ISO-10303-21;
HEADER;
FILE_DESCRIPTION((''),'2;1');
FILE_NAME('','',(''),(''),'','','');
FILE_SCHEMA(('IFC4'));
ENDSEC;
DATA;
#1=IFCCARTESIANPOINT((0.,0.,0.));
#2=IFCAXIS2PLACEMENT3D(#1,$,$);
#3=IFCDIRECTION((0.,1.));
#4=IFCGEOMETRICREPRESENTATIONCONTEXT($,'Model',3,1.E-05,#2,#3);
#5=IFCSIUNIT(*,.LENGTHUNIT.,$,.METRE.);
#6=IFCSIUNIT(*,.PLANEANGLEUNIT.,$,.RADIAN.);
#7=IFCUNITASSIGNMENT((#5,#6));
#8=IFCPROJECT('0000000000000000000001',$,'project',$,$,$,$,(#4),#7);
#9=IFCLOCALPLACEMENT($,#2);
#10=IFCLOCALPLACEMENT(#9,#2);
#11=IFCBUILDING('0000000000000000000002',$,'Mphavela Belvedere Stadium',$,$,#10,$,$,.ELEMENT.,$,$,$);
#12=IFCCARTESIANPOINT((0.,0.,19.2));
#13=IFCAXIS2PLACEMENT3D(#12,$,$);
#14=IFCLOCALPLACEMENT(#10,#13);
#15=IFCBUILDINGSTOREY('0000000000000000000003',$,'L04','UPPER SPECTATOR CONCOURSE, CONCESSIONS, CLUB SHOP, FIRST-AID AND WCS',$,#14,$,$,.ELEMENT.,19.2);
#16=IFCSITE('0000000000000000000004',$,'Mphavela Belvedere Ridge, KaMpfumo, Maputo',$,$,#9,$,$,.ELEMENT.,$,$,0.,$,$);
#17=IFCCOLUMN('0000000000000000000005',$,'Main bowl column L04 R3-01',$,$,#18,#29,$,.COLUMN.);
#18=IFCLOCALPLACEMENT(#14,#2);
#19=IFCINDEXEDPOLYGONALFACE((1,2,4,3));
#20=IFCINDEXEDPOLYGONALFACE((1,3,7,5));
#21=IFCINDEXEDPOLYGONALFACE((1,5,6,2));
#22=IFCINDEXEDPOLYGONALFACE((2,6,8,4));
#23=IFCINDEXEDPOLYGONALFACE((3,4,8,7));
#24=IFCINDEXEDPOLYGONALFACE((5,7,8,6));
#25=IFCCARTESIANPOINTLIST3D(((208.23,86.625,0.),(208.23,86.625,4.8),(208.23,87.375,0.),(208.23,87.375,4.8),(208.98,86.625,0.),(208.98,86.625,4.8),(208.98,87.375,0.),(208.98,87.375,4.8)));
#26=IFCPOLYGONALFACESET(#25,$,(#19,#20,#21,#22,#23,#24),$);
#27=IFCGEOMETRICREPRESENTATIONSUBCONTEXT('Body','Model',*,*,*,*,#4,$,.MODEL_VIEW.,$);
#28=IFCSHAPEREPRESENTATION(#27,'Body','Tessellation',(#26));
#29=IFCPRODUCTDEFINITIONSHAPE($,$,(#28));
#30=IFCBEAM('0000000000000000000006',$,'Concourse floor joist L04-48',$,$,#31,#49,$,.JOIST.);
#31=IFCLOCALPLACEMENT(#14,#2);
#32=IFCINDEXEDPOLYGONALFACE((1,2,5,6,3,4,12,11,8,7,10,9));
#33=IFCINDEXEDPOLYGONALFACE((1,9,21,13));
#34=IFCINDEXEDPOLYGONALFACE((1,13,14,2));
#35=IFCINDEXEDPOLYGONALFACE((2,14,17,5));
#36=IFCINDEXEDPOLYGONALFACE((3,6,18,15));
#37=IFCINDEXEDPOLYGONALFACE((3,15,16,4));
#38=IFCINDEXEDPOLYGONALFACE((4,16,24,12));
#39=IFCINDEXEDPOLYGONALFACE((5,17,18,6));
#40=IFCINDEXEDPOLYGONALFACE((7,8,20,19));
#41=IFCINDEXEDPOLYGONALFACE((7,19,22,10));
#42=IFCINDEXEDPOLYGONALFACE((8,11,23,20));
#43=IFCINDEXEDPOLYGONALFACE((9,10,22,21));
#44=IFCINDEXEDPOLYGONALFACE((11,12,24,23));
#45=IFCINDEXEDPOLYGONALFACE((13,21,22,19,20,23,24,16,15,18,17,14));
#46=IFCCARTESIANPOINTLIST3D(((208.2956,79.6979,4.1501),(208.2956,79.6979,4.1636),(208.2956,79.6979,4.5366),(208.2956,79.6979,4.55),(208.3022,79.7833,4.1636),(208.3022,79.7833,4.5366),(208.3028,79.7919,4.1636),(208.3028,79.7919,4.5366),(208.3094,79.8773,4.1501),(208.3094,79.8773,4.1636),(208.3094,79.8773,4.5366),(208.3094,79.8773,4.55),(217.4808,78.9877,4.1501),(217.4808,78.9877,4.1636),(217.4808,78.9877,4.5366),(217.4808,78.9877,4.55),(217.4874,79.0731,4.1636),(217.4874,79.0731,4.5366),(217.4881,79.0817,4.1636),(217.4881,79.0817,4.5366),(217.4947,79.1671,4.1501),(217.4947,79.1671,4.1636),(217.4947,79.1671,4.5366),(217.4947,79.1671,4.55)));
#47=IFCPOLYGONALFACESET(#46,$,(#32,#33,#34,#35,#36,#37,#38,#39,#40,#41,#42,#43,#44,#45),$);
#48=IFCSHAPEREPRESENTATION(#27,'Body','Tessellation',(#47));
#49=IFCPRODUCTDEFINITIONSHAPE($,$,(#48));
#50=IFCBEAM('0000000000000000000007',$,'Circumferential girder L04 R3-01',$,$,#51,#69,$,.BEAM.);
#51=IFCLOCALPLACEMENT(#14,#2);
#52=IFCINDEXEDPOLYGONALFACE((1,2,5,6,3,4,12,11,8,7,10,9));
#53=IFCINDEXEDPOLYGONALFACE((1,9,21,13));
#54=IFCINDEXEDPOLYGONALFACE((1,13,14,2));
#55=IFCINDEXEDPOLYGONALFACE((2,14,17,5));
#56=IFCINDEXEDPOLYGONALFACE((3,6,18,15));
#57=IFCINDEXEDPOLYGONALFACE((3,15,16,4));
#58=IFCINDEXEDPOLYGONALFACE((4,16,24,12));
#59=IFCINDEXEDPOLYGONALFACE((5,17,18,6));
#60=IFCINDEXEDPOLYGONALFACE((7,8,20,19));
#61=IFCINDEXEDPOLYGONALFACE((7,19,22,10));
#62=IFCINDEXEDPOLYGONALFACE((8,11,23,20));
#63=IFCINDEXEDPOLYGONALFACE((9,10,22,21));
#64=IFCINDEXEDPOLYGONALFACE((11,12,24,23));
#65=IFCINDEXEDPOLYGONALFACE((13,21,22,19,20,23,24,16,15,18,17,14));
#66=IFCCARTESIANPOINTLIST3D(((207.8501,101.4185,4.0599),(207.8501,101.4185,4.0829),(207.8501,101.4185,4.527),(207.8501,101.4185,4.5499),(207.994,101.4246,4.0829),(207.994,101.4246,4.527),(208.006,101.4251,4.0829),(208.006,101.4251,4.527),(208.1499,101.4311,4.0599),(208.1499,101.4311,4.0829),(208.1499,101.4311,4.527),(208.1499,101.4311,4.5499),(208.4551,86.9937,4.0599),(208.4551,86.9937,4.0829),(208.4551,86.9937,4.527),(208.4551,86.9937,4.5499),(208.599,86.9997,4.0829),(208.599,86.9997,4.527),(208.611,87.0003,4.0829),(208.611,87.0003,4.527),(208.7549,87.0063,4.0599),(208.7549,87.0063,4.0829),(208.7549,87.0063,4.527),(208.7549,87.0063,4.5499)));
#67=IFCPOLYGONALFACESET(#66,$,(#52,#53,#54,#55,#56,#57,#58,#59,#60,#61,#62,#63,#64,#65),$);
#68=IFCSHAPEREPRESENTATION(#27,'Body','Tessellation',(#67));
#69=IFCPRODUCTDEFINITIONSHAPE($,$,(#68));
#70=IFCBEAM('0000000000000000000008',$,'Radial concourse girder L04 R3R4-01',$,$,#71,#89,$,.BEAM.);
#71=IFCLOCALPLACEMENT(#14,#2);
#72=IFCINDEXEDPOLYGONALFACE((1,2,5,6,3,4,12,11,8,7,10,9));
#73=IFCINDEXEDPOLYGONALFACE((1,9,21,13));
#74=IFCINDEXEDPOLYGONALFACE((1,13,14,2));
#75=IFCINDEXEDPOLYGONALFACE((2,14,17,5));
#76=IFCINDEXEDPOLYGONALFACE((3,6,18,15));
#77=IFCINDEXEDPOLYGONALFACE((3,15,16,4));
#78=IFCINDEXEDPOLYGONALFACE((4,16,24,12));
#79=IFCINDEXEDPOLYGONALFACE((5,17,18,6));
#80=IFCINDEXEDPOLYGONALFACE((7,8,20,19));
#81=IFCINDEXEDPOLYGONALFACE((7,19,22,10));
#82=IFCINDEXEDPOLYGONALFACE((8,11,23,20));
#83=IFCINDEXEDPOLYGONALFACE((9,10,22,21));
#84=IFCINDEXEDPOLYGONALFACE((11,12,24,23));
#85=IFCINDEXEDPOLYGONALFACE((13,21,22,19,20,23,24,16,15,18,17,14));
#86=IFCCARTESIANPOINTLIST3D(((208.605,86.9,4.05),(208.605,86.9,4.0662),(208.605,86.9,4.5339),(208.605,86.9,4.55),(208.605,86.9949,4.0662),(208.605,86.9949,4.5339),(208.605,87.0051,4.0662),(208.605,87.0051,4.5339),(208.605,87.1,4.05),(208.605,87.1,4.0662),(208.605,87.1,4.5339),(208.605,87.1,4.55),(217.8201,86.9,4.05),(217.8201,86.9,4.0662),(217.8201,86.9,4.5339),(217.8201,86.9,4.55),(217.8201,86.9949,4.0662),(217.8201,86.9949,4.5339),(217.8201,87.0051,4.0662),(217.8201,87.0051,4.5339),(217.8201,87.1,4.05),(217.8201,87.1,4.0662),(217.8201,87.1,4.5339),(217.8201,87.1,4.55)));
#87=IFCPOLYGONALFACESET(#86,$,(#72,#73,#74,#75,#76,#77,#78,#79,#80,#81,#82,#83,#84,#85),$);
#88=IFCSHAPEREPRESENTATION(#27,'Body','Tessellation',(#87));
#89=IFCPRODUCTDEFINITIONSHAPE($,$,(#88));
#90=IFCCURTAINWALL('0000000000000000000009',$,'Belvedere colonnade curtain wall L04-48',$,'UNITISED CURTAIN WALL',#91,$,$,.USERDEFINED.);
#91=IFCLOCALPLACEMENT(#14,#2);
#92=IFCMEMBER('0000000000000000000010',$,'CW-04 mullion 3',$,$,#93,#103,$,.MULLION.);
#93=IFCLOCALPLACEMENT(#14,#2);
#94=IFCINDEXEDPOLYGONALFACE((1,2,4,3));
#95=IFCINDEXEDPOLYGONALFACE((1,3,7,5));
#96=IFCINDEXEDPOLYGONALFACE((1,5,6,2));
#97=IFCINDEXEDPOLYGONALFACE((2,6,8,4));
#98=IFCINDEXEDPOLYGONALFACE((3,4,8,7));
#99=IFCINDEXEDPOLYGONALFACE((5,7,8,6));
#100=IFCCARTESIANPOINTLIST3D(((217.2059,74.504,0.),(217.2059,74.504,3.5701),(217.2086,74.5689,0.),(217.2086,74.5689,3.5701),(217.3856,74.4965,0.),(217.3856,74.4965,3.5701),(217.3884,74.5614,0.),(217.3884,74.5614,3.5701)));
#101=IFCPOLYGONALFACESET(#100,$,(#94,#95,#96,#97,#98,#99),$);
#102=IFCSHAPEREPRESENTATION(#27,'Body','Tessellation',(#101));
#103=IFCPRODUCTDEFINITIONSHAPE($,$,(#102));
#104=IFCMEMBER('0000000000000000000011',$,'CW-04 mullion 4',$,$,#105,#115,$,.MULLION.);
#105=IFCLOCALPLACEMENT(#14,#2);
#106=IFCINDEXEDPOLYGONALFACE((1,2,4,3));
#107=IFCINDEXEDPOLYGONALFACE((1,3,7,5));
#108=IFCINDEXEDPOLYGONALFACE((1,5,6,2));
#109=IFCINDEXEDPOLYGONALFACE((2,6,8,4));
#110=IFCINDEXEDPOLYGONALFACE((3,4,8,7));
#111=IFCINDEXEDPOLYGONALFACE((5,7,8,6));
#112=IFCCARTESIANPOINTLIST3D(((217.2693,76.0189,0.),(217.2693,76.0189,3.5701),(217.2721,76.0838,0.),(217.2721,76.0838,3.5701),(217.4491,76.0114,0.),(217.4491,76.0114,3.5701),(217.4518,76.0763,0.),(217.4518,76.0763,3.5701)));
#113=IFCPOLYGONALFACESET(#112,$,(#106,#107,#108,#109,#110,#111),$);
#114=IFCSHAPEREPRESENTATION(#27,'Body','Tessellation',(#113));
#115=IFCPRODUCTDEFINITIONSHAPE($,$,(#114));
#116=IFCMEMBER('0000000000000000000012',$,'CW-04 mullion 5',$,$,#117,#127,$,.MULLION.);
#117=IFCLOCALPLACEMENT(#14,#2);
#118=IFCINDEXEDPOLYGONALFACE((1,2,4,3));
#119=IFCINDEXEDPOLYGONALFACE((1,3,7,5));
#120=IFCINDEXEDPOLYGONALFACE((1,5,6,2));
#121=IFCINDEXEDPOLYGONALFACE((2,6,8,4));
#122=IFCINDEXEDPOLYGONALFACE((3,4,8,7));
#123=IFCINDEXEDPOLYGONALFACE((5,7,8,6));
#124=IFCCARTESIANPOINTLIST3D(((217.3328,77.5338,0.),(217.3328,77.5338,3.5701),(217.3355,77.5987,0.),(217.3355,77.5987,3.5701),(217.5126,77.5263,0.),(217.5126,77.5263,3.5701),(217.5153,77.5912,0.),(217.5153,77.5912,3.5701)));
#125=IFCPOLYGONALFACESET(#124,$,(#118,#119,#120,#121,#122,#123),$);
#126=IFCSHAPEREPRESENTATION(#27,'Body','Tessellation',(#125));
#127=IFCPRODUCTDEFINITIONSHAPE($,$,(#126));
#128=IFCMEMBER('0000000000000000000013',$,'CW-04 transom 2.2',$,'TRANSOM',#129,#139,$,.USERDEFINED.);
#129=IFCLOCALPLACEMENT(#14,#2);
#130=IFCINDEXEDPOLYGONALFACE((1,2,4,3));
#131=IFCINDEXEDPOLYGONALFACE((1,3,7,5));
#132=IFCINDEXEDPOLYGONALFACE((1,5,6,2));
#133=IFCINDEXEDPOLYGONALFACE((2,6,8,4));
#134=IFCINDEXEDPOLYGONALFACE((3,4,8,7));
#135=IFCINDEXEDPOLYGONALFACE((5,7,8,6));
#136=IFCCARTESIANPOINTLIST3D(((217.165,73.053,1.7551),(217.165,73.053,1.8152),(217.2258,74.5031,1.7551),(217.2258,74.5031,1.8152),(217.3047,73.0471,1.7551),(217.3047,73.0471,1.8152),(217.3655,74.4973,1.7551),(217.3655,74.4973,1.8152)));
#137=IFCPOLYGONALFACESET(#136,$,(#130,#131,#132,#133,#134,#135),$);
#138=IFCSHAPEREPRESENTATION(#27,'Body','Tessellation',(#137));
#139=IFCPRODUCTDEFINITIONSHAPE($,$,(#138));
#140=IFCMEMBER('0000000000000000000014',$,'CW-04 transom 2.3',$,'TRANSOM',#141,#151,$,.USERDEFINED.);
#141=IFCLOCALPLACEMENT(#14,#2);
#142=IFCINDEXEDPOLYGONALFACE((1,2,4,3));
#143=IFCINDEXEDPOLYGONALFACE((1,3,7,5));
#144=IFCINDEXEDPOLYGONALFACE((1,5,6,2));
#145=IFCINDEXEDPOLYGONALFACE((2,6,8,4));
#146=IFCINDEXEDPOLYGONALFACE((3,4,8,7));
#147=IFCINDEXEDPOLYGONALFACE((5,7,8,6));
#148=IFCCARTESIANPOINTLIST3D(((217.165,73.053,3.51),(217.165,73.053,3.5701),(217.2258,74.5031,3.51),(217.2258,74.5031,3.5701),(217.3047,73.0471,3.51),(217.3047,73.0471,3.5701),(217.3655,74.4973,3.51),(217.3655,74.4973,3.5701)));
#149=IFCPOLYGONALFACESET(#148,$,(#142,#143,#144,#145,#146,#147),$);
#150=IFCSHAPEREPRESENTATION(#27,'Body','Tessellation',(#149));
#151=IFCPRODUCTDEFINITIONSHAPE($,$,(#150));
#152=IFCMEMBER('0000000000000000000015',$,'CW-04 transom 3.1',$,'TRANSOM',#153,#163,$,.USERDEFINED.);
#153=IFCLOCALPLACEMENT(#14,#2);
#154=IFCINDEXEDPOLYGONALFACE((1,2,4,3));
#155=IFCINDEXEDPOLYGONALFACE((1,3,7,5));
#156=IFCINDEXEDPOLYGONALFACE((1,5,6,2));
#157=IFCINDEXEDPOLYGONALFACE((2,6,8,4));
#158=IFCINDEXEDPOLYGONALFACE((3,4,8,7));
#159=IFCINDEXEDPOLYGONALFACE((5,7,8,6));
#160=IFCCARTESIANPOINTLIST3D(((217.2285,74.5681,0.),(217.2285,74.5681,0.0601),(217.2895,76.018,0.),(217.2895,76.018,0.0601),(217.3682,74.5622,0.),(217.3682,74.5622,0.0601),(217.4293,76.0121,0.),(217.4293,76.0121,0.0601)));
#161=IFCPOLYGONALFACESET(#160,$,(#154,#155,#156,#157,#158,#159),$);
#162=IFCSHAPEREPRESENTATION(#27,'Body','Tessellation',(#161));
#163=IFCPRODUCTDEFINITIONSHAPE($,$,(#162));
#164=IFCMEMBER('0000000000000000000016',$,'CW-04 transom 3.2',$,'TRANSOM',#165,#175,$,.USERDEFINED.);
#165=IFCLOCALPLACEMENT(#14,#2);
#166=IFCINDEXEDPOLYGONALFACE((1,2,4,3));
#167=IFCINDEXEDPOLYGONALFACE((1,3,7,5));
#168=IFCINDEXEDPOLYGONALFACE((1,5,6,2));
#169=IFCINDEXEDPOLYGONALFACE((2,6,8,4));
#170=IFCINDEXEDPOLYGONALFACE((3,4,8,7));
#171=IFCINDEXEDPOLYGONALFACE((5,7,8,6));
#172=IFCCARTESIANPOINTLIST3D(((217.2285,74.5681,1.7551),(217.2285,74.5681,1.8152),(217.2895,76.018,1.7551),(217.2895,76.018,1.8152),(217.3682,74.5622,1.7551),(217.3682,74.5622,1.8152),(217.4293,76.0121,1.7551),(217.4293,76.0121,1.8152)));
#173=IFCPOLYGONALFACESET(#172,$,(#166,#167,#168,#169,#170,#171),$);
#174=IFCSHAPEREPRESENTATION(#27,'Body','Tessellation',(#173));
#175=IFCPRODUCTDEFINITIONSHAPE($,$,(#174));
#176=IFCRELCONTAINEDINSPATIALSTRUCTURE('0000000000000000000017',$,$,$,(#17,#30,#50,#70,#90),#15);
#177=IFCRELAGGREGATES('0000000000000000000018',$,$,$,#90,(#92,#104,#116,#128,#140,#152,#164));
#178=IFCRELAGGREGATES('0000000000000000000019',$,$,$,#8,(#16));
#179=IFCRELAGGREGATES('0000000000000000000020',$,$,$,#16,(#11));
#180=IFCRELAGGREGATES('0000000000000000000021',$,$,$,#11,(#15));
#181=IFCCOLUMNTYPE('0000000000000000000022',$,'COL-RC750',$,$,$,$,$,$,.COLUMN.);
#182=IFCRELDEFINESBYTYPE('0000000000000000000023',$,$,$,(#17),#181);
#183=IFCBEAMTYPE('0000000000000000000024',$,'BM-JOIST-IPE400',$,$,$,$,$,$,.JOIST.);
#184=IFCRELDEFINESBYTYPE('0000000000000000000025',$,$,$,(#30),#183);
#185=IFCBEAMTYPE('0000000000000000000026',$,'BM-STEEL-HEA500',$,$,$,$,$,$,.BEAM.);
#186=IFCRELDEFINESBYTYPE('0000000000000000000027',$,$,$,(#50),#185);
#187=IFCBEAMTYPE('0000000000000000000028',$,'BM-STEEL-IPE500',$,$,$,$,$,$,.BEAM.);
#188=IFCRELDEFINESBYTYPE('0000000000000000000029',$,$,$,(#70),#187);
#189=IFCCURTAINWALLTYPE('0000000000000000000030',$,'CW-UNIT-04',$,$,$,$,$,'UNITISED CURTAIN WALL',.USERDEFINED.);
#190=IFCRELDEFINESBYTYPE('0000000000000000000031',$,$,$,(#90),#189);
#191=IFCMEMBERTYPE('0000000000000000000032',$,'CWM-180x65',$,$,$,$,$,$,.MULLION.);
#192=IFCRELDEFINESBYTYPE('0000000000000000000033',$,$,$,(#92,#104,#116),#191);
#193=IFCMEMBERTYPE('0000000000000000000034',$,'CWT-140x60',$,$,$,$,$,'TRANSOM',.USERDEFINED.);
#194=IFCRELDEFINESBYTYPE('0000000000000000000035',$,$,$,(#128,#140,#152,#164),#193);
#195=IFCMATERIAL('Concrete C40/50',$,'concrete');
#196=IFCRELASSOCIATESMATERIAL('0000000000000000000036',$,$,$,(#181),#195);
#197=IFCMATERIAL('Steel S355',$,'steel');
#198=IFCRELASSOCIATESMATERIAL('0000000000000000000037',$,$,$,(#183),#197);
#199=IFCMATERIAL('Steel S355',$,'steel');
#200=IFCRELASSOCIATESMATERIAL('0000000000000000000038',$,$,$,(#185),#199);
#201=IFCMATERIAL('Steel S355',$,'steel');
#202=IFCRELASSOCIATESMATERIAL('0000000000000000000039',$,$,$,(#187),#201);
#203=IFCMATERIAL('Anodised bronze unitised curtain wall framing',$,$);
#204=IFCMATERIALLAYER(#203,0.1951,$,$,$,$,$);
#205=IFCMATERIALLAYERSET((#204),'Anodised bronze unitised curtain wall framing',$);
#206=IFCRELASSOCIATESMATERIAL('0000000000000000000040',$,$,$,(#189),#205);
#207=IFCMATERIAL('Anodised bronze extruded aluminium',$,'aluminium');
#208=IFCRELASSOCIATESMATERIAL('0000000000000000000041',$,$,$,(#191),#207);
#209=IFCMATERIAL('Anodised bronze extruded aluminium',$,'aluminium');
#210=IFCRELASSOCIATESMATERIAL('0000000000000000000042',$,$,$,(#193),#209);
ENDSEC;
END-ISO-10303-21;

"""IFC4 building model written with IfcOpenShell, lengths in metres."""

from ifc_helpers import new_model, si_unit, direction, frame, origin, origin_2d, place, context, subcontext, project, spatial, rectangle, i_section, extrude, material, layer, layer_set, material_profile, profile_set, type_object, element, aggregate, save


model = new_model("IFC4")

# Units and contexts
model_context = context("Model", 3, precision=1e-05, world=origin(), true_north=direction((0.0, 1.0)))
body_context = subcontext(model_context, "Body", "Model", "MODEL_VIEW")
ifc_project = project(units=[si_unit("LENGTHUNIT", "METRE"), si_unit("PLANEANGLEUNIT", "RADIAN")], contexts=[model_context])

# Site, building, storey
site_placement = place(None, origin())
site = spatial("IfcSite", under=ifc_project, at=site_placement, Name="Mphavela Belvedere Ridge, KaMpfumo, Maputo", CompositionType="ELEMENT", RefElevation=0.0)
building_placement = place(site_placement, origin())
building = spatial("IfcBuilding", under=site, at=building_placement, Name="Mphavela Belvedere Stadium", CompositionType="ELEMENT")
storey_placement = place(building_placement, frame((0.0, 0.0, 19.2)))
storey = spatial("IfcBuildingStorey", under=building, at=storey_placement, Name="L04", Description="UPPER SPECTATOR CONCOURSE, CONCESSIONS, CLUB SHOP, FIRST-AID AND WCS", CompositionType="ELEMENT", Elevation=19.2)

# Column
ifc_material_1 = material(Name="Concrete C40/50", Category="concrete")
ifc_material_profile_1 = material_profile(ifc_material_1, rectangle(XDim=0.75, YDim=0.75, at=origin_2d()), Name="RC 750x750")
ifc_profile_set_1 = profile_set([ifc_material_profile_1], Name="Concrete C40/50")
column_type = type_object("IfcColumnType", Name="COL-RC750", PredefinedType="COLUMN", material=ifc_profile_set_1)
column_placement = place(storey_placement, frame((208.605, 87.0, 0.0), z_axis=(0.0, 0.0, 1.0), x_axis=(1.0, 0.0, 0.0)))
element("IfcColumn", 1, at=column_placement, inside=storey, type_object=column_type, Name="Main bowl column L04 R3-01", PredefinedType="COLUMN", context=body_context, shape_type="SweptSolid", body=[
    extrude(rectangle(XDim=0.75, YDim=0.75, at=origin_2d()), origin(), (0.0, 0.0, 1.0), 4.8),
])

# Beams
ifc_material_2 = material(Name="Steel S355", Category="steel")
ifc_material_profile_2 = material_profile(ifc_material_2, i_section(OverallWidth=0.1799, OverallDepth=0.3999, WebThickness=0.0085, FlangeThickness=0.0134, at=origin_2d()), Name="IPE 400")
ifc_profile_set_2 = profile_set([ifc_material_profile_2], Name="Steel S355")
beam_type_1 = type_object("IfcBeamType", Name="BM-JOIST-IPE400", PredefinedType="JOIST", material=ifc_profile_set_2)
beam_1_placement = place(storey_placement, frame((208.3025, 79.7876, 4.3501), z_axis=(0.997024, -0.07709, 0.0), x_axis=(0.07709, 0.997024, 0.0)))
element("IfcBeam", 2, at=beam_1_placement, inside=storey, type_object=beam_type_1, Name="Concourse floor joist L04-48", PredefinedType="JOIST", context=body_context, shape_type="SweptSolid", body=[
    extrude(i_section(OverallWidth=0.1799, OverallDepth=0.3999, WebThickness=0.0085, FlangeThickness=0.0134, at=origin_2d()), origin(), (0.0, 0.0, 1.0), 9.2126),
])
ifc_material_3 = material(Name="Steel S355", Category="steel")
ifc_material_profile_3 = material_profile(ifc_material_3, i_section(OverallWidth=0.3, OverallDepth=0.49, WebThickness=0.012, FlangeThickness=0.0229, at=origin_2d()), Name="HEA 500")
ifc_profile_set_3 = profile_set([ifc_material_profile_3], Name="Steel S355")
beam_type_2 = type_object("IfcBeamType", Name="BM-STEEL-HEA500", PredefinedType="BEAM", material=ifc_profile_set_3)
beam_2_placement = place(storey_placement, frame((208.605, 87.0, 4.3049), z_axis=(-0.041903, 0.999122, 0.0), x_axis=(-0.999122, -0.041903, 0.0)))
element("IfcBeam", 3, at=beam_2_placement, inside=storey, type_object=beam_type_2, Name="Circumferential girder L04 R3-01", PredefinedType="BEAM", context=body_context, shape_type="SweptSolid", body=[
    extrude(i_section(OverallWidth=0.3, OverallDepth=0.49, WebThickness=0.012, FlangeThickness=0.0229, at=origin_2d()), origin(), (0.0, 0.0, 1.0), 14.4375),
])
ifc_material_4 = material(Name="Steel S355", Category="steel")
ifc_material_profile_4 = material_profile(ifc_material_4, i_section(OverallWidth=0.2, OverallDepth=0.5, WebThickness=0.0103, FlangeThickness=0.0161, at=origin_2d()), Name="IPE 500")
ifc_profile_set_4 = profile_set([ifc_material_profile_4], Name="Steel S355")
beam_type_3 = type_object("IfcBeamType", Name="BM-STEEL-IPE500", PredefinedType="BEAM", material=ifc_profile_set_4)
beam_3_placement = place(storey_placement, frame((208.605, 87.0, 4.3), z_axis=(1.0, 0.0, 0.0), x_axis=(0.0, 1.0, 0.0)))
element("IfcBeam", 4, at=beam_3_placement, inside=storey, type_object=beam_type_3, Name="Radial concourse girder L04 R3R4-01", PredefinedType="BEAM", context=body_context, shape_type="SweptSolid", body=[
    extrude(i_section(OverallWidth=0.2, OverallDepth=0.5, WebThickness=0.0103, FlangeThickness=0.0161, at=origin_2d()), origin(), (0.0, 0.0, 1.0), 9.2151),
])

# Curtain wall, members
ifc_material_5 = material(Name="Anodised bronze unitised curtain wall framing")
ifc_layer_1 = layer(ifc_material_5, 0.1951)
ifc_layer_set_1 = layer_set([ifc_layer_1], Name="Anodised bronze unitised curtain wall framing")
curtain_wall_type = type_object("IfcCurtainWallType", Name="CW-UNIT-04", ElementType="UNITISED CURTAIN WALL", PredefinedType="USERDEFINED", material=ifc_layer_set_1)
curtain_wall_placement = place(storey_placement, origin())
curtain_wall = element("IfcCurtainWall", 5, at=curtain_wall_placement, inside=storey, type_object=curtain_wall_type, Name="Belvedere colonnade curtain wall L04-48", ObjectType="UNITISED CURTAIN WALL", PredefinedType="USERDEFINED")
ifc_material_6 = material(Name="Anodised bronze extruded aluminium", Category="aluminium")
ifc_material_profile_5 = material_profile(ifc_material_6, rectangle(XDim=0.1799, YDim=0.0649, at=origin_2d()), Name="CW-MUL 180x65")
ifc_profile_set_5 = profile_set([ifc_material_profile_5], Name="Anodised bronze extruded aluminium")
member_type_1 = type_object("IfcMemberType", Name="CWM-180x65", PredefinedType="MULLION", material=ifc_profile_set_5)
member_1_placement = place(storey_placement, frame((217.2971, 74.5327, 0.0), z_axis=(0.0, 0.0, 1.0), x_axis=(-0.999122, 0.041905, 0.0)))
member_1 = element("IfcMember", 6, at=member_1_placement, type_object=member_type_1, Name="CW-04 mullion 3", PredefinedType="MULLION", context=body_context, shape_type="SweptSolid", body=[
    extrude(rectangle(XDim=0.1799, YDim=0.0649, at=origin_2d()), origin(), (0.0, 0.0, 1.0), 3.5701),
])
member_2_placement = place(storey_placement, frame((217.3606, 76.0476, 0.0), z_axis=(0.0, 0.0, 1.0), x_axis=(-0.999122, 0.041905, 0.0)))
member_2 = element("IfcMember", 7, at=member_2_placement, type_object=member_type_1, Name="CW-04 mullion 4", PredefinedType="MULLION", context=body_context, shape_type="SweptSolid", body=[
    extrude(rectangle(XDim=0.1799, YDim=0.0649, at=origin_2d()), origin(), (0.0, 0.0, 1.0), 3.5701),
])
member_3_placement = place(storey_placement, frame((217.4241, 77.5625, 0.0), z_axis=(0.0, 0.0, 1.0), x_axis=(-0.999122, 0.041905, 0.0)))
member_3 = element("IfcMember", 8, at=member_3_placement, type_object=member_type_1, Name="CW-04 mullion 5", PredefinedType="MULLION", context=body_context, shape_type="SweptSolid", body=[
    extrude(rectangle(XDim=0.1799, YDim=0.0649, at=origin_2d()), origin(), (0.0, 0.0, 1.0), 3.5701),
])
ifc_material_7 = material(Name="Anodised bronze extruded aluminium", Category="aluminium")
ifc_material_profile_6 = material_profile(ifc_material_7, rectangle(XDim=0.1399, YDim=0.0601, at=origin_2d()), Name="CW-TRN 140x60")
ifc_profile_set_6 = profile_set([ifc_material_profile_6], Name="Anodised bronze extruded aluminium")
member_type_2 = type_object("IfcMemberType", Name="CWT-140x60", ElementType="TRANSOM", PredefinedType="USERDEFINED", material=ifc_profile_set_6)
member_4_placement = place(storey_placement, frame((217.2349, 73.05, 1.7852), z_axis=(0.041882, 0.999123, 0.0), x_axis=(-0.999123, 0.041882, 0.0)))
member_4 = element("IfcMember", 9, at=member_4_placement, type_object=member_type_2, Name="CW-04 transom 2.2", ObjectType="TRANSOM", PredefinedType="USERDEFINED", context=body_context, shape_type="SweptSolid", body=[
    extrude(rectangle(XDim=0.1399, YDim=0.0601, at=origin_2d()), origin(), (0.0, 0.0, 1.0), 1.4514),
])
member_5_placement = place(storey_placement, frame((217.2349, 73.05, 3.54), z_axis=(0.041882, 0.999123, 0.0), x_axis=(-0.999123, 0.041882, 0.0)))
member_5 = element("IfcMember", 10, at=member_5_placement, type_object=member_type_2, Name="CW-04 transom 2.3", ObjectType="TRANSOM", PredefinedType="USERDEFINED", context=body_context, shape_type="SweptSolid", body=[
    extrude(rectangle(XDim=0.1399, YDim=0.0601, at=origin_2d()), origin(), (0.0, 0.0, 1.0), 1.4514),
])
member_6_placement = place(storey_placement, frame((217.2983, 74.5652, 0.03), z_axis=(0.042057, 0.999115, 0.0), x_axis=(-0.999115, 0.042057, 0.0)))
member_6 = element("IfcMember", 11, at=member_6_placement, type_object=member_type_2, Name="CW-04 transom 3.1", ObjectType="TRANSOM", PredefinedType="USERDEFINED", context=body_context, shape_type="SweptSolid", body=[
    extrude(rectangle(XDim=0.1399, YDim=0.0601, at=origin_2d()), origin(), (0.0, 0.0, 1.0), 1.4512),
])
member_7_placement = place(storey_placement, frame((217.2983, 74.5652, 1.7852), z_axis=(0.042057, 0.999115, 0.0), x_axis=(-0.999115, 0.042057, 0.0)))
member_7 = element("IfcMember", 12, at=member_7_placement, type_object=member_type_2, Name="CW-04 transom 3.2", ObjectType="TRANSOM", PredefinedType="USERDEFINED", context=body_context, shape_type="SweptSolid", body=[
    extrude(rectangle(XDim=0.1399, YDim=0.0601, at=origin_2d()), origin(), (0.0, 0.0, 1.0), 1.4512),
])
aggregate(curtain_wall, [member_1, member_2, member_3, member_4, member_5, member_6, member_7])

save(model, "model.ifc")
